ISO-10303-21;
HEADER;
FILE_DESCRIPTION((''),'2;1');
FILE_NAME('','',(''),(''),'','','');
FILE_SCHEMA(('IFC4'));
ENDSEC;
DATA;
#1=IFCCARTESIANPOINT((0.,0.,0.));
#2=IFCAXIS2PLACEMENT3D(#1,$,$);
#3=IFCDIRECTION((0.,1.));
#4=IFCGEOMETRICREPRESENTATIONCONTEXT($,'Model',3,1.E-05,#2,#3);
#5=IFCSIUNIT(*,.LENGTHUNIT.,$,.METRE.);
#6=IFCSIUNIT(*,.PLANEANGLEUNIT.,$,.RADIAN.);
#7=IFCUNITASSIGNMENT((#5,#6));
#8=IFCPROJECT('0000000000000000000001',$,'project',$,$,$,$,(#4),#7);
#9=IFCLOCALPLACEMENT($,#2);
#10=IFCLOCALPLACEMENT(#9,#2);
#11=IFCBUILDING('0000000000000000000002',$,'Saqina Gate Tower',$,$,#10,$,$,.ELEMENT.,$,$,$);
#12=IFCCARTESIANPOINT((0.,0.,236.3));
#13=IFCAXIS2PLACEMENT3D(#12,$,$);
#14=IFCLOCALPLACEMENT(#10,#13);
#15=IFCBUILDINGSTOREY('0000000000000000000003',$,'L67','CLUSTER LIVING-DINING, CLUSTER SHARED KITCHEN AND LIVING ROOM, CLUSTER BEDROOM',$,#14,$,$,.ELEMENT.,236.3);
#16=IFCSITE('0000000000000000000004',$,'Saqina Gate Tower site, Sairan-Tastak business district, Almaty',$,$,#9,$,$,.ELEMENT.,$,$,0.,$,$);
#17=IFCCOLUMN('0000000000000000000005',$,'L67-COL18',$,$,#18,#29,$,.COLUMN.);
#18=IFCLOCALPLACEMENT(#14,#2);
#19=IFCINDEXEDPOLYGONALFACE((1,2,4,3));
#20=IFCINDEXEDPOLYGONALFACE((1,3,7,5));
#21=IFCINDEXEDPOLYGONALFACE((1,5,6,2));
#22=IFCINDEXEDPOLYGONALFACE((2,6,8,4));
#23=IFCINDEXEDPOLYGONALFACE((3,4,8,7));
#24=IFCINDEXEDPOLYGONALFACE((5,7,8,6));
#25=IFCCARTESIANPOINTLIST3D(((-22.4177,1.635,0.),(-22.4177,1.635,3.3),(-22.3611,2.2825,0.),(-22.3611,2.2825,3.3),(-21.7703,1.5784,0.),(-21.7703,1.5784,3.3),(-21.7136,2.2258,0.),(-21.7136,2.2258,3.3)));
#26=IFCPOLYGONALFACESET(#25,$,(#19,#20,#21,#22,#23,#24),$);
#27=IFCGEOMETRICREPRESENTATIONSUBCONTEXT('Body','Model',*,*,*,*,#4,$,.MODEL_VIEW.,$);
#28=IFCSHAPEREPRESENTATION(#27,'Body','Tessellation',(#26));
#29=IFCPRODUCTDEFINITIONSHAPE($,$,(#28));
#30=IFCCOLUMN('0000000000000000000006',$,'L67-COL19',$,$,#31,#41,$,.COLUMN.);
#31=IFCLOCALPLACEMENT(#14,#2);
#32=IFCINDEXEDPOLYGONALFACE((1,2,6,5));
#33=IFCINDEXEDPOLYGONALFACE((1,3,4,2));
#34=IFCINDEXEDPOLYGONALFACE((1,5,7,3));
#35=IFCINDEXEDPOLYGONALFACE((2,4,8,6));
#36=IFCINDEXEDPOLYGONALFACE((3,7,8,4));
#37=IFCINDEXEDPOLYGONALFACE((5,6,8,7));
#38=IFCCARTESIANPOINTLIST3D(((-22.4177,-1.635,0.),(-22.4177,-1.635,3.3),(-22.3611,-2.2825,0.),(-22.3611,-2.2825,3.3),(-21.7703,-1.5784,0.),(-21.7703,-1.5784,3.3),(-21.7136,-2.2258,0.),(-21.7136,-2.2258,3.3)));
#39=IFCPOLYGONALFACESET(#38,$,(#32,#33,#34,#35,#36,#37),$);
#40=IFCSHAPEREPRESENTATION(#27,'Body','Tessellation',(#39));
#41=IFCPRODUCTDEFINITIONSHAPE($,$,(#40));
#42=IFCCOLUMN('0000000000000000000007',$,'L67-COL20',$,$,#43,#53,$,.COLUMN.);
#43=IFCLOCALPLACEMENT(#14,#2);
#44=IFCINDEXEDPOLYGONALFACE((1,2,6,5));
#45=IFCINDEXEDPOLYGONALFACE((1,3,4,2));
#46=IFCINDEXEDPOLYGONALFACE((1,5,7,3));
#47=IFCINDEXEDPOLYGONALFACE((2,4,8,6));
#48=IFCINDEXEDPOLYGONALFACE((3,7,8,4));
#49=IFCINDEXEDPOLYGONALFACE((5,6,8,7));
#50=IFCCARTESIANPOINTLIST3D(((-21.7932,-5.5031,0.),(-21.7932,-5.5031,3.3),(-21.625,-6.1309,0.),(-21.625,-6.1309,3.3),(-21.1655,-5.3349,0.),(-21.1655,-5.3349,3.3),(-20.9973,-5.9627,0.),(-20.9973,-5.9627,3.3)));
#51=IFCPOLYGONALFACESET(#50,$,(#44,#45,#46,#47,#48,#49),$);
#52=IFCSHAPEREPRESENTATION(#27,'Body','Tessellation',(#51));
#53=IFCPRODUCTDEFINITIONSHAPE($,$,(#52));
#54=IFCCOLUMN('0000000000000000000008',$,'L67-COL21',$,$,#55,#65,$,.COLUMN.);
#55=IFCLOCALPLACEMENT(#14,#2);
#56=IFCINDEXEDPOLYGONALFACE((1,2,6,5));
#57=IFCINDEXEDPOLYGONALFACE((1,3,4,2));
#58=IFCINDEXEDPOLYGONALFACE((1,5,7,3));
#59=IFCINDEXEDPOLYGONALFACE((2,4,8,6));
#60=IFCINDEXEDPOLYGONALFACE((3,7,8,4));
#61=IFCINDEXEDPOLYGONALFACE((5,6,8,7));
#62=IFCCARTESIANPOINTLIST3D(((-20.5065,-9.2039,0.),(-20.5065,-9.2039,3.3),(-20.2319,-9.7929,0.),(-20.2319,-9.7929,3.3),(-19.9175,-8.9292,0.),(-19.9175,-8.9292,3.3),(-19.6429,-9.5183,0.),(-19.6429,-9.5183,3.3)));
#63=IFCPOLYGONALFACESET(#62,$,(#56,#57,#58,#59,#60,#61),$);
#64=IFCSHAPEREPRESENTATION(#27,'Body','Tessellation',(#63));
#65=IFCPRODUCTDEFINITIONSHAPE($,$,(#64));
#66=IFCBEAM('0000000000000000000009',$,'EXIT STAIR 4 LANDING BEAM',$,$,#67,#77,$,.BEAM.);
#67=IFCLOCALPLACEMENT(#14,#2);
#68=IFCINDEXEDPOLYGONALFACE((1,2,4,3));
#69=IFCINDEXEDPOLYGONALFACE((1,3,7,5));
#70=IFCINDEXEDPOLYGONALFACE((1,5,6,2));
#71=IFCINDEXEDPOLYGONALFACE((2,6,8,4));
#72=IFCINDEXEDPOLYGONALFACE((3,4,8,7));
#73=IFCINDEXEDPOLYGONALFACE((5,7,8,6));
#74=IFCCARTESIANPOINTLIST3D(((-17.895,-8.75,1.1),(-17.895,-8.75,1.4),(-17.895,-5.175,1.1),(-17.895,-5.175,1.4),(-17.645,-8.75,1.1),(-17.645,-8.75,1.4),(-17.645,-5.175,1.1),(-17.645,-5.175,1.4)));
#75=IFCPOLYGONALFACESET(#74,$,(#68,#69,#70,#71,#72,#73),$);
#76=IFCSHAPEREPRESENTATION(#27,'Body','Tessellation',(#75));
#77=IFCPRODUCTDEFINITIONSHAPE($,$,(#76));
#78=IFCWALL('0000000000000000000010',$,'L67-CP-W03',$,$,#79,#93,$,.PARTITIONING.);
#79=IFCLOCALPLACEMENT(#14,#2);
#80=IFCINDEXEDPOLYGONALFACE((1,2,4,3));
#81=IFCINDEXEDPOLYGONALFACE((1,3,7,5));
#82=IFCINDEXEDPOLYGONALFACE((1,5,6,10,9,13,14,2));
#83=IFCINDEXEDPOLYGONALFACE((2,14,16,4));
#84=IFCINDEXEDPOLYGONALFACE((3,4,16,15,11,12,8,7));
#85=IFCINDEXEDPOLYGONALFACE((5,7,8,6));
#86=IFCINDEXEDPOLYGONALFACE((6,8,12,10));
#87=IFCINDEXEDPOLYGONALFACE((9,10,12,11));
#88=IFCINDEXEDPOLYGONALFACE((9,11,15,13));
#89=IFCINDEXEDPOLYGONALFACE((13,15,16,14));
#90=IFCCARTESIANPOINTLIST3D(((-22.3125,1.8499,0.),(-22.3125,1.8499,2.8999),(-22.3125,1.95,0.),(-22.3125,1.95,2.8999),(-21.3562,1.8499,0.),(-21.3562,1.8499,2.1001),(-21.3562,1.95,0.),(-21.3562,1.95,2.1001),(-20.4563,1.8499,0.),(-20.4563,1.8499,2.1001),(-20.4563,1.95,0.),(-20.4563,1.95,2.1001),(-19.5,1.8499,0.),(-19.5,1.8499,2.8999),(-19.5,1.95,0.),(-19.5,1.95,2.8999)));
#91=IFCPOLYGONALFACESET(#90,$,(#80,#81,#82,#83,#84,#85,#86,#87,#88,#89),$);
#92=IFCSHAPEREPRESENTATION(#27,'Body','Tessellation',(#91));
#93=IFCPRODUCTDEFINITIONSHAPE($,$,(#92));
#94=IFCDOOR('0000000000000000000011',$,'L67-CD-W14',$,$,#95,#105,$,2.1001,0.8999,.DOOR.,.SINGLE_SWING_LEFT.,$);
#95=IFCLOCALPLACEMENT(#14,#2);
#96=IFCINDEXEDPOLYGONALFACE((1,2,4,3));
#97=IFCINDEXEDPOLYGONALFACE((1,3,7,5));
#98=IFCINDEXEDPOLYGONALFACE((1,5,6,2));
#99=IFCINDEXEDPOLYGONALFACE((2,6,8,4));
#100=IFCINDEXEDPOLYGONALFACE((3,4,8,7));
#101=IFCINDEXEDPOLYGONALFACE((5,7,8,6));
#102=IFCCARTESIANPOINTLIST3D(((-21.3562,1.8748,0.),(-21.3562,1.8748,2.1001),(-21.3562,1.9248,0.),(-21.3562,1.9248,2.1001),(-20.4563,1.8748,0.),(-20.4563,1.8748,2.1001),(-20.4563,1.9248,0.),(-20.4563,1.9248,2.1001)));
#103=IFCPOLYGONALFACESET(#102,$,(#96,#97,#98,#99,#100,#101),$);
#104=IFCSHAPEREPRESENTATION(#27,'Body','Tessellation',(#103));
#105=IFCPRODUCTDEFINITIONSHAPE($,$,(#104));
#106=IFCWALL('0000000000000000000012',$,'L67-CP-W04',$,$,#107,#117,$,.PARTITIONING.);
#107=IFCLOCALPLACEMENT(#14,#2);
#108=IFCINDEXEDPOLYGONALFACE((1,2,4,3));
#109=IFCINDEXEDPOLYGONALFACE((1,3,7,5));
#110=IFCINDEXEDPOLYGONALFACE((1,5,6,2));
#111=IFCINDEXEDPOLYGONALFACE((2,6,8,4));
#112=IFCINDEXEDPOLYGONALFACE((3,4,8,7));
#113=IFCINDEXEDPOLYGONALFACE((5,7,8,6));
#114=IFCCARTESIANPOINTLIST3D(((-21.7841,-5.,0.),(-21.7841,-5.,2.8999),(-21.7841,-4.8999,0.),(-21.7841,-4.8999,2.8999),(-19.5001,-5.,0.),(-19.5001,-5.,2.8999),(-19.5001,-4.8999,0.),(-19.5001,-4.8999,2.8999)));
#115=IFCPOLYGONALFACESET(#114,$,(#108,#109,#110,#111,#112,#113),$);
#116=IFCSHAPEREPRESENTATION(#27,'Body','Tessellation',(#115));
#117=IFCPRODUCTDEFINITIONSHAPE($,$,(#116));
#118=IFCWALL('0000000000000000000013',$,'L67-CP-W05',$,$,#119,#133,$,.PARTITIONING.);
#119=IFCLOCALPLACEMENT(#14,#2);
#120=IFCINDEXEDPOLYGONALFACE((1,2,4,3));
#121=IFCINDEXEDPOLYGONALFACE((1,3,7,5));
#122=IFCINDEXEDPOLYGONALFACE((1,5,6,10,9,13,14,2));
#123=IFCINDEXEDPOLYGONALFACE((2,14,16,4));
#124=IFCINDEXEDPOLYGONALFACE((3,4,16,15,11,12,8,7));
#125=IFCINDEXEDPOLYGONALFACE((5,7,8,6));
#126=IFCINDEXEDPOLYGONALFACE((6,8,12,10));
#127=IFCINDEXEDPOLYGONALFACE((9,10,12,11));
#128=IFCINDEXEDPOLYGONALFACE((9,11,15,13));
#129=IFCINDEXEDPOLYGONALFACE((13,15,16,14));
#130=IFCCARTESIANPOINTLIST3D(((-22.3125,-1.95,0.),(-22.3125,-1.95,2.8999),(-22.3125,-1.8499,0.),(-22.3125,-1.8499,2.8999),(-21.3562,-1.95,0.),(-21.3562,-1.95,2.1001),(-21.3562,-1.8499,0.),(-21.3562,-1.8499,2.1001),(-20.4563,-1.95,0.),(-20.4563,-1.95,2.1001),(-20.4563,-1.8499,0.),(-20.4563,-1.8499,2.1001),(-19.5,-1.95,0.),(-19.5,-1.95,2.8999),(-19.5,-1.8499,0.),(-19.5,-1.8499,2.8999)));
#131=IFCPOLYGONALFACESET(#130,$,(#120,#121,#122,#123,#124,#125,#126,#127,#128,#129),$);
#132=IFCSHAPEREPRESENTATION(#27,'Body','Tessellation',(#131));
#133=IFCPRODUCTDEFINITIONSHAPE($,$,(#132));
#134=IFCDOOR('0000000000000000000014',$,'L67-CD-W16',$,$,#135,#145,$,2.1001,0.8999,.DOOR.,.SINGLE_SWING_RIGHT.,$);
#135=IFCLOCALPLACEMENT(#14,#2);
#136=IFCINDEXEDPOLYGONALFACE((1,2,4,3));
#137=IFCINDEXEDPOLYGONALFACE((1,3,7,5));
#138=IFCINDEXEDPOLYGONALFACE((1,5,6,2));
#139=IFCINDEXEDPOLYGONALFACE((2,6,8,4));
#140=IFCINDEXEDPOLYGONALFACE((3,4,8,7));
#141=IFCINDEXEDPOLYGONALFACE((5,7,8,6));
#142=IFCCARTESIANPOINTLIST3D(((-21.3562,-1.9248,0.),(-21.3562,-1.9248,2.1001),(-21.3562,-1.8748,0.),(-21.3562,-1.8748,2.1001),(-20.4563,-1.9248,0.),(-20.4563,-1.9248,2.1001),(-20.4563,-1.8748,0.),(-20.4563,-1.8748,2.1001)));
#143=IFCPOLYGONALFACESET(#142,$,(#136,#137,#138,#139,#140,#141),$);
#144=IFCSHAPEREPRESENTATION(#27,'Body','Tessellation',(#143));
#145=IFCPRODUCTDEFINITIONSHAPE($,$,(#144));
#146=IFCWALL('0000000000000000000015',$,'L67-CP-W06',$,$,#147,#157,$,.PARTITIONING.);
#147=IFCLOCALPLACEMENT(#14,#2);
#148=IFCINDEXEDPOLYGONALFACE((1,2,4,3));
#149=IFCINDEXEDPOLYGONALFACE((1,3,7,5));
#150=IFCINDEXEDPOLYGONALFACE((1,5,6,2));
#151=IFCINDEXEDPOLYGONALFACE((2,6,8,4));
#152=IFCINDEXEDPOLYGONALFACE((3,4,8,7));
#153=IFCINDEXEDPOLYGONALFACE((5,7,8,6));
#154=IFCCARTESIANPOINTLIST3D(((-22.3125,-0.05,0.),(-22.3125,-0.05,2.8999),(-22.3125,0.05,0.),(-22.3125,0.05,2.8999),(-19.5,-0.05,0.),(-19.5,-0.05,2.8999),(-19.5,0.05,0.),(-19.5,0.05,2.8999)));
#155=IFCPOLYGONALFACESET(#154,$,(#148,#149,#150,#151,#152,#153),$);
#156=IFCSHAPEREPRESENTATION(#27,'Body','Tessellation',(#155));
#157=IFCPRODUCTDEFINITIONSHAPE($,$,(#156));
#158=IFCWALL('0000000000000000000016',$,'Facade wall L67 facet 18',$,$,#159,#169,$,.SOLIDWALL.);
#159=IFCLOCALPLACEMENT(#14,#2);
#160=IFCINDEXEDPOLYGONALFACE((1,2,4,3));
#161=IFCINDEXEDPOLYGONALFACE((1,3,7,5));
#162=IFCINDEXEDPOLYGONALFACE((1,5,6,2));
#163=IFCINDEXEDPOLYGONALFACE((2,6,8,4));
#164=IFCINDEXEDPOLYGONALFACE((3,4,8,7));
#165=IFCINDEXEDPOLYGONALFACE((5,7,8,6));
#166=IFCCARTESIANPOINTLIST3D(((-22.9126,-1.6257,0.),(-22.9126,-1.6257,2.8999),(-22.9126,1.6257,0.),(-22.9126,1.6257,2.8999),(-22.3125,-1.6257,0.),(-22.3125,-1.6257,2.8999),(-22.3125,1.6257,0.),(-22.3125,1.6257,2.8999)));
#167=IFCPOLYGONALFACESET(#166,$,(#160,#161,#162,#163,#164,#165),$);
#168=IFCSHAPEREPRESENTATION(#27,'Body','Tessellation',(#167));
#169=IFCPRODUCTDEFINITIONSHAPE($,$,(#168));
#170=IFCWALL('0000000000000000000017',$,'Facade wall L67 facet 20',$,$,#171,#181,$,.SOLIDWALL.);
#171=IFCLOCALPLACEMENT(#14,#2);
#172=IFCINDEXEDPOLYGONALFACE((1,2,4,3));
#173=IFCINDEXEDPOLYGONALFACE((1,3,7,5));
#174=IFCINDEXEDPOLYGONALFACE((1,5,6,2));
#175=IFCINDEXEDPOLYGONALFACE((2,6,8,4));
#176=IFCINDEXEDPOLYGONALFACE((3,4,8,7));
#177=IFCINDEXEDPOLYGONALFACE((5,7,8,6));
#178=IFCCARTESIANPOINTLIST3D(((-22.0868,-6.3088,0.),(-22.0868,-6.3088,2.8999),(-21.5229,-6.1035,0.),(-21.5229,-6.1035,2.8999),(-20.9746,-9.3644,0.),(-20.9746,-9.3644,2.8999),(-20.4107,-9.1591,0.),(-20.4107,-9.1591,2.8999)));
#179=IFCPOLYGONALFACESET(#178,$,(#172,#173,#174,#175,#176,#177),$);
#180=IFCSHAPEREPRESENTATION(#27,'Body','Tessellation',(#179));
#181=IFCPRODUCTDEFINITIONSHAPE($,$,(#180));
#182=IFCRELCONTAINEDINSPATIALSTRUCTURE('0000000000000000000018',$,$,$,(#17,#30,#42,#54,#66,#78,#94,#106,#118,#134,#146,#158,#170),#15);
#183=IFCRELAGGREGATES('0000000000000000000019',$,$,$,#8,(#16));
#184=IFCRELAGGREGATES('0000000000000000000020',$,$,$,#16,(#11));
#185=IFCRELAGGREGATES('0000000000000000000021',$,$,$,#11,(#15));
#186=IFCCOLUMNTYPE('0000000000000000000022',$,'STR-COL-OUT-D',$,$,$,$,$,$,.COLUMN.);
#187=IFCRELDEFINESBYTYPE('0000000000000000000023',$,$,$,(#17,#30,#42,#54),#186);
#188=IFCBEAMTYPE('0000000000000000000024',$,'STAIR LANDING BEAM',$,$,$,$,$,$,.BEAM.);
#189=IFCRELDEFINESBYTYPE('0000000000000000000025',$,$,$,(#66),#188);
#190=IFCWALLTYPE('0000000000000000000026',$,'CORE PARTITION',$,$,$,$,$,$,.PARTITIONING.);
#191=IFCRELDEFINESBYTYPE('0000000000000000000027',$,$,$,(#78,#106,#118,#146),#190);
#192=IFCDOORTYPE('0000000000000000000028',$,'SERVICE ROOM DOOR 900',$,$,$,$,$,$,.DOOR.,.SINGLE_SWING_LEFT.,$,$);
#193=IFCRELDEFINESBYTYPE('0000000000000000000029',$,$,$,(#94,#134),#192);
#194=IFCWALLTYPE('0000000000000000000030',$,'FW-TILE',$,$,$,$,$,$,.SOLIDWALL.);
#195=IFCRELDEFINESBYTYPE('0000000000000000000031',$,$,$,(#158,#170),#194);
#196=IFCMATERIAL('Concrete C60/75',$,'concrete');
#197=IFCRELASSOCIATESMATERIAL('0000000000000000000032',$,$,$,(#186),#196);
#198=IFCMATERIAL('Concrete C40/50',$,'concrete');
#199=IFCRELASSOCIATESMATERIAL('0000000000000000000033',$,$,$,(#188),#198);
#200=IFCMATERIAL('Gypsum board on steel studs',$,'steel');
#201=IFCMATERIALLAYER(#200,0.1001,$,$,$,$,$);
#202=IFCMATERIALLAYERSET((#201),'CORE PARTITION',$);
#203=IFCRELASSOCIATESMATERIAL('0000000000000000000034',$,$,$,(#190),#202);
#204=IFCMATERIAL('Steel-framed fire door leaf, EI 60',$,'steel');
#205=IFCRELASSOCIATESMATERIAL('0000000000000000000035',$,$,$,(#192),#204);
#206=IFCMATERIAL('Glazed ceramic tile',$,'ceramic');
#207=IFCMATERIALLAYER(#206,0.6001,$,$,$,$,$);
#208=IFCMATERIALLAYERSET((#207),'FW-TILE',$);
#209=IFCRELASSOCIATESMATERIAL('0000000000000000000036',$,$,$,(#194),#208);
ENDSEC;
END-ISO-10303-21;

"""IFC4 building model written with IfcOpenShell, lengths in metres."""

from ifc_helpers import new_model, si_unit, direction, frame, frame_2d, origin, origin_2d, place, context, subcontext, project, spatial, rectangle, extrude, material, layer, layer_set, material_profile, profile_set, type_object, element, fill, save


model = new_model("IFC4")

# Units and contexts
model_context = context("Model", 3, precision=1e-05, world=origin(), true_north=direction((0.0, 1.0)))
body_context = subcontext(model_context, "Body", "Model", "MODEL_VIEW")
ifc_project = project(units=[si_unit("LENGTHUNIT", "METRE"), si_unit("PLANEANGLEUNIT", "RADIAN")], contexts=[model_context])

# Site, building, storey
site_placement = place(None, origin())
site = spatial("IfcSite", under=ifc_project, at=site_placement, Name="Saqina Gate Tower site, Sairan-Tastak business district, Almaty", CompositionType="ELEMENT", RefElevation=0.0)
building_placement = place(site_placement, origin())
building = spatial("IfcBuilding", under=site, at=building_placement, Name="Saqina Gate Tower", CompositionType="ELEMENT")
storey_placement = place(building_placement, frame((0.0, 0.0, 236.3)))
storey = spatial("IfcBuildingStorey", under=building, at=storey_placement, Name="L67", Description="CLUSTER LIVING-DINING, CLUSTER SHARED KITCHEN AND LIVING ROOM, CLUSTER BEDROOM", CompositionType="ELEMENT", Elevation=236.3)

# Columns
ifc_material_1 = material(Name="Concrete C60/75", Category="concrete")
ifc_material_profile_1 = material_profile(ifc_material_1, rectangle(XDim=0.6499, YDim=0.6499, at=origin_2d()), Name="RC 650x650")
ifc_profile_set_1 = profile_set([ifc_material_profile_1], Name="Concrete C60/75")
column_type = type_object("IfcColumnType", Name="STR-COL-OUT-D", PredefinedType="COLUMN", material=ifc_profile_set_1)
for number, where, z_axis, x_axis, name in (
    (1, (-22.0657, 1.9304, 0.0), (0.0, 0.0, 1.0), (-0.996195, 0.087156, 0.0), "L67-COL18"),
    (2, (-22.0657, -1.9304, 0.0), (0.0, 0.0, 1.0), (-0.996195, -0.087156, 0.0), "L67-COL19"),
    (3, (-21.3953, -5.7329, 0.0), (0.0, 0.0, 1.0), (-0.965926, -0.258819, 0.0), "L67-COL20"),
    (4, (-20.0747, -9.3611, 0.0), (0.0, 0.0, 1.0), (-0.906308, -0.422618, 0.0), "L67-COL21"),
):
    element("IfcColumn", number, at=place(storey_placement, frame(where, z_axis=z_axis, x_axis=x_axis)), inside=storey, type_object=column_type, Name=name, PredefinedType="COLUMN", context=body_context, shape_type="SweptSolid", body=[
        extrude(rectangle(XDim=0.6499, YDim=0.6499, at=origin_2d()), origin(), (0.0, 0.0, 1.0), 3.3),
    ])

# Beam
ifc_material_2 = material(Name="Concrete C40/50", Category="concrete")
ifc_material_profile_2 = material_profile(ifc_material_2, rectangle(XDim=0.25, YDim=0.3, at=origin_2d()), Name="STAIR LANDING BEAM")
ifc_profile_set_2 = profile_set([ifc_material_profile_2], Name="Concrete C40/50")
beam_type = type_object("IfcBeamType", Name="STAIR LANDING BEAM", PredefinedType="BEAM", material=ifc_profile_set_2)
beam_placement = place(storey_placement, frame((-17.77, -8.75, 1.25), z_axis=(0.0, 1.0, 0.0), x_axis=(-1.0, 0.0, 0.0)))
element("IfcBeam", 5, at=beam_placement, inside=storey, type_object=beam_type, Name="EXIT STAIR 4 LANDING BEAM", PredefinedType="BEAM", context=body_context, shape_type="SweptSolid", body=[
    extrude(rectangle(XDim=0.25, YDim=0.3, at=origin_2d()), origin(), (0.0, 0.0, 1.0), 3.575),
])

# Wall, opening, door
ifc_material_3 = material(Name="Gypsum board on steel studs", Category="steel")
ifc_layer_1 = layer(ifc_material_3, 0.1001)
ifc_layer_set_1 = layer_set([ifc_layer_1], Name="CORE PARTITION")
wall_type_1 = type_object("IfcWallType", Name="CORE PARTITION", PredefinedType="PARTITIONING", material=ifc_layer_set_1)
wall_1_placement = place(storey_placement, frame((-19.5, 1.8999, 0.0), z_axis=(0.0, 0.0, 1.0), x_axis=(-1.0, 0.0, 0.0)))
wall_1 = element("IfcWall", 6, at=wall_1_placement, inside=storey, type_object=wall_type_1, Name="L67-CP-W03", PredefinedType="PARTITIONING", context=body_context, shape_type="SweptSolid", body=[
    extrude(rectangle(XDim=2.8125, YDim=0.1001, at=frame_2d((1.4062, 0.0))), origin(), (0.0, 0.0, 1.0), 2.8999),
])
opening_1_placement = place(wall_1_placement, frame((0.9563, 0.0, 0.0)))
opening_1 = element("IfcOpeningElement", 7, at=opening_1_placement, cuts=wall_1, PredefinedType="OPENING", context=body_context, shape_type="SweptSolid", body=[
    extrude(rectangle(XDim=0.8999, YDim=2.1001, at=frame_2d((0.45, 1.05))), frame((0.0, 0.062, 0.0), z_axis=(0.0, -1.0, 0.0), x_axis=(1.0, 0.0, 0.0)), (0.0, 0.0, 1.0), 0.124),
])
ifc_material_4 = material(Name="Steel-framed fire door leaf, EI 60", Category="steel")
door_type_1 = type_object("IfcDoorType", Name="SERVICE ROOM DOOR 900", OperationType="SINGLE_SWING_LEFT", PredefinedType="DOOR", material=ifc_material_4)
door_1_placement = place(opening_1_placement, frame((0.8999, 0.0, 0.0), z_axis=(0.0, 0.0, 1.0), x_axis=(-1.0, 0.0, 0.0)))
door_1 = element("IfcDoor", 8, at=door_1_placement, inside=storey, type_object=door_type_1, Name="L67-CD-W14", OperationType="SINGLE_SWING_LEFT", OverallHeight=2.1001, OverallWidth=0.8999, PredefinedType="DOOR", context=body_context, shape_type="SweptSolid", body=[
    extrude(rectangle(XDim=0.8999, YDim=2.1001, at=frame_2d((0.45, 1.05))), frame((0.0, 0.0249, 0.0), z_axis=(0.0, -1.0, 0.0), x_axis=(1.0, 0.0, 0.0)), (0.0, 0.0, 1.0), 0.05),
])
fill(opening_1, door_1)

# Wall
wall_2_placement = place(storey_placement, frame((-19.5, -4.95, 0.0), z_axis=(0.0, 0.0, 1.0), x_axis=(-1.0, 0.0, 0.0)))
element("IfcWall", 9, at=wall_2_placement, inside=storey, type_object=wall_type_1, Name="L67-CP-W04", PredefinedType="PARTITIONING", context=body_context, shape_type="SweptSolid", body=[
    extrude(rectangle(XDim=2.2839, YDim=0.1001, at=frame_2d((1.1421, 0.0))), origin(), (0.0, 0.0, 1.0), 2.8999),
])

# Wall, opening, door
wall_3_placement = place(storey_placement, frame((-19.5, -1.8999, 0.0), z_axis=(0.0, 0.0, 1.0), x_axis=(-1.0, 0.0, 0.0)))
wall_3 = element("IfcWall", 10, at=wall_3_placement, inside=storey, type_object=wall_type_1, Name="L67-CP-W05", PredefinedType="PARTITIONING", context=body_context, shape_type="SweptSolid", body=[
    extrude(rectangle(XDim=2.8125, YDim=0.1001, at=frame_2d((1.4062, 0.0))), origin(), (0.0, 0.0, 1.0), 2.8999),
])
opening_2_placement = place(wall_3_placement, frame((0.9563, 0.0, 0.0)))
opening_2 = element("IfcOpeningElement", 11, at=opening_2_placement, cuts=wall_3, PredefinedType="OPENING", context=body_context, shape_type="SweptSolid", body=[
    extrude(rectangle(XDim=0.8999, YDim=2.1001, at=frame_2d((0.45, 1.05))), frame((0.0, 0.062, 0.0), z_axis=(0.0, -1.0, 0.0), x_axis=(1.0, 0.0, 0.0)), (0.0, 0.0, 1.0), 0.124),
])
door_2_placement = place(opening_2_placement, origin())
door_2 = element("IfcDoor", 12, at=door_2_placement, inside=storey, type_object=door_type_1, Name="L67-CD-W16", OperationType="SINGLE_SWING_RIGHT", OverallHeight=2.1001, OverallWidth=0.8999, PredefinedType="DOOR", context=body_context, shape_type="SweptSolid", body=[
    extrude(rectangle(XDim=0.8999, YDim=2.1001, at=frame_2d((0.45, 1.05))), frame((0.0, 0.0249, 0.0), z_axis=(0.0, -1.0, 0.0), x_axis=(1.0, 0.0, 0.0)), (0.0, 0.0, 1.0), 0.05),
])
fill(opening_2, door_2)

# Walls
wall_4_placement = place(storey_placement, frame((-19.5, 0.0, 0.0), z_axis=(0.0, 0.0, 1.0), x_axis=(-1.0, 0.0, 0.0)))
element("IfcWall", 13, at=wall_4_placement, inside=storey, type_object=wall_type_1, Name="L67-CP-W06", PredefinedType="PARTITIONING", context=body_context, shape_type="SweptSolid", body=[
    extrude(rectangle(XDim=2.8125, YDim=0.1001, at=frame_2d((1.4062, 0.0))), origin(), (0.0, 0.0, 1.0), 2.8999),
])
ifc_material_5 = material(Name="Glazed ceramic tile", Category="ceramic")
ifc_layer_2 = layer(ifc_material_5, 0.6001)
ifc_layer_set_2 = layer_set([ifc_layer_2], Name="FW-TILE")
wall_type_2 = type_object("IfcWallType", Name="FW-TILE", PredefinedType="SOLIDWALL", material=ifc_layer_set_2)
wall_5_placement = place(storey_placement, frame((-22.6125, 1.6257, 0.0), z_axis=(0.0, 0.0, 1.0), x_axis=(0.0, -1.0, 0.0)))
element("IfcWall", 14, at=wall_5_placement, inside=storey, type_object=wall_type_2, Name="Facade wall L67 facet 18", PredefinedType="SOLIDWALL", context=body_context, shape_type="SweptSolid", body=[
    extrude(rectangle(XDim=3.2515, YDim=0.6001, at=frame_2d((1.6257, 0.0))), origin(), (0.0, 0.0, 1.0), 2.8999),
])
wall_6_placement = place(storey_placement, frame((-21.8049, -6.2061, 0.0), z_axis=(0.0, 0.0, 1.0), x_axis=(0.342057, -0.939679, 0.0)))
element("IfcWall", 15, at=wall_6_placement, inside=storey, type_object=wall_type_2, Name="Facade wall L67 facet 20", PredefinedType="SOLIDWALL", context=body_context, shape_type="SweptSolid", body=[
    extrude(rectangle(XDim=3.2517, YDim=0.6001, at=frame_2d((1.626, 0.0))), origin(), (0.0, 0.0, 1.0), 2.8999),
])

save(model, "model.ifc")
